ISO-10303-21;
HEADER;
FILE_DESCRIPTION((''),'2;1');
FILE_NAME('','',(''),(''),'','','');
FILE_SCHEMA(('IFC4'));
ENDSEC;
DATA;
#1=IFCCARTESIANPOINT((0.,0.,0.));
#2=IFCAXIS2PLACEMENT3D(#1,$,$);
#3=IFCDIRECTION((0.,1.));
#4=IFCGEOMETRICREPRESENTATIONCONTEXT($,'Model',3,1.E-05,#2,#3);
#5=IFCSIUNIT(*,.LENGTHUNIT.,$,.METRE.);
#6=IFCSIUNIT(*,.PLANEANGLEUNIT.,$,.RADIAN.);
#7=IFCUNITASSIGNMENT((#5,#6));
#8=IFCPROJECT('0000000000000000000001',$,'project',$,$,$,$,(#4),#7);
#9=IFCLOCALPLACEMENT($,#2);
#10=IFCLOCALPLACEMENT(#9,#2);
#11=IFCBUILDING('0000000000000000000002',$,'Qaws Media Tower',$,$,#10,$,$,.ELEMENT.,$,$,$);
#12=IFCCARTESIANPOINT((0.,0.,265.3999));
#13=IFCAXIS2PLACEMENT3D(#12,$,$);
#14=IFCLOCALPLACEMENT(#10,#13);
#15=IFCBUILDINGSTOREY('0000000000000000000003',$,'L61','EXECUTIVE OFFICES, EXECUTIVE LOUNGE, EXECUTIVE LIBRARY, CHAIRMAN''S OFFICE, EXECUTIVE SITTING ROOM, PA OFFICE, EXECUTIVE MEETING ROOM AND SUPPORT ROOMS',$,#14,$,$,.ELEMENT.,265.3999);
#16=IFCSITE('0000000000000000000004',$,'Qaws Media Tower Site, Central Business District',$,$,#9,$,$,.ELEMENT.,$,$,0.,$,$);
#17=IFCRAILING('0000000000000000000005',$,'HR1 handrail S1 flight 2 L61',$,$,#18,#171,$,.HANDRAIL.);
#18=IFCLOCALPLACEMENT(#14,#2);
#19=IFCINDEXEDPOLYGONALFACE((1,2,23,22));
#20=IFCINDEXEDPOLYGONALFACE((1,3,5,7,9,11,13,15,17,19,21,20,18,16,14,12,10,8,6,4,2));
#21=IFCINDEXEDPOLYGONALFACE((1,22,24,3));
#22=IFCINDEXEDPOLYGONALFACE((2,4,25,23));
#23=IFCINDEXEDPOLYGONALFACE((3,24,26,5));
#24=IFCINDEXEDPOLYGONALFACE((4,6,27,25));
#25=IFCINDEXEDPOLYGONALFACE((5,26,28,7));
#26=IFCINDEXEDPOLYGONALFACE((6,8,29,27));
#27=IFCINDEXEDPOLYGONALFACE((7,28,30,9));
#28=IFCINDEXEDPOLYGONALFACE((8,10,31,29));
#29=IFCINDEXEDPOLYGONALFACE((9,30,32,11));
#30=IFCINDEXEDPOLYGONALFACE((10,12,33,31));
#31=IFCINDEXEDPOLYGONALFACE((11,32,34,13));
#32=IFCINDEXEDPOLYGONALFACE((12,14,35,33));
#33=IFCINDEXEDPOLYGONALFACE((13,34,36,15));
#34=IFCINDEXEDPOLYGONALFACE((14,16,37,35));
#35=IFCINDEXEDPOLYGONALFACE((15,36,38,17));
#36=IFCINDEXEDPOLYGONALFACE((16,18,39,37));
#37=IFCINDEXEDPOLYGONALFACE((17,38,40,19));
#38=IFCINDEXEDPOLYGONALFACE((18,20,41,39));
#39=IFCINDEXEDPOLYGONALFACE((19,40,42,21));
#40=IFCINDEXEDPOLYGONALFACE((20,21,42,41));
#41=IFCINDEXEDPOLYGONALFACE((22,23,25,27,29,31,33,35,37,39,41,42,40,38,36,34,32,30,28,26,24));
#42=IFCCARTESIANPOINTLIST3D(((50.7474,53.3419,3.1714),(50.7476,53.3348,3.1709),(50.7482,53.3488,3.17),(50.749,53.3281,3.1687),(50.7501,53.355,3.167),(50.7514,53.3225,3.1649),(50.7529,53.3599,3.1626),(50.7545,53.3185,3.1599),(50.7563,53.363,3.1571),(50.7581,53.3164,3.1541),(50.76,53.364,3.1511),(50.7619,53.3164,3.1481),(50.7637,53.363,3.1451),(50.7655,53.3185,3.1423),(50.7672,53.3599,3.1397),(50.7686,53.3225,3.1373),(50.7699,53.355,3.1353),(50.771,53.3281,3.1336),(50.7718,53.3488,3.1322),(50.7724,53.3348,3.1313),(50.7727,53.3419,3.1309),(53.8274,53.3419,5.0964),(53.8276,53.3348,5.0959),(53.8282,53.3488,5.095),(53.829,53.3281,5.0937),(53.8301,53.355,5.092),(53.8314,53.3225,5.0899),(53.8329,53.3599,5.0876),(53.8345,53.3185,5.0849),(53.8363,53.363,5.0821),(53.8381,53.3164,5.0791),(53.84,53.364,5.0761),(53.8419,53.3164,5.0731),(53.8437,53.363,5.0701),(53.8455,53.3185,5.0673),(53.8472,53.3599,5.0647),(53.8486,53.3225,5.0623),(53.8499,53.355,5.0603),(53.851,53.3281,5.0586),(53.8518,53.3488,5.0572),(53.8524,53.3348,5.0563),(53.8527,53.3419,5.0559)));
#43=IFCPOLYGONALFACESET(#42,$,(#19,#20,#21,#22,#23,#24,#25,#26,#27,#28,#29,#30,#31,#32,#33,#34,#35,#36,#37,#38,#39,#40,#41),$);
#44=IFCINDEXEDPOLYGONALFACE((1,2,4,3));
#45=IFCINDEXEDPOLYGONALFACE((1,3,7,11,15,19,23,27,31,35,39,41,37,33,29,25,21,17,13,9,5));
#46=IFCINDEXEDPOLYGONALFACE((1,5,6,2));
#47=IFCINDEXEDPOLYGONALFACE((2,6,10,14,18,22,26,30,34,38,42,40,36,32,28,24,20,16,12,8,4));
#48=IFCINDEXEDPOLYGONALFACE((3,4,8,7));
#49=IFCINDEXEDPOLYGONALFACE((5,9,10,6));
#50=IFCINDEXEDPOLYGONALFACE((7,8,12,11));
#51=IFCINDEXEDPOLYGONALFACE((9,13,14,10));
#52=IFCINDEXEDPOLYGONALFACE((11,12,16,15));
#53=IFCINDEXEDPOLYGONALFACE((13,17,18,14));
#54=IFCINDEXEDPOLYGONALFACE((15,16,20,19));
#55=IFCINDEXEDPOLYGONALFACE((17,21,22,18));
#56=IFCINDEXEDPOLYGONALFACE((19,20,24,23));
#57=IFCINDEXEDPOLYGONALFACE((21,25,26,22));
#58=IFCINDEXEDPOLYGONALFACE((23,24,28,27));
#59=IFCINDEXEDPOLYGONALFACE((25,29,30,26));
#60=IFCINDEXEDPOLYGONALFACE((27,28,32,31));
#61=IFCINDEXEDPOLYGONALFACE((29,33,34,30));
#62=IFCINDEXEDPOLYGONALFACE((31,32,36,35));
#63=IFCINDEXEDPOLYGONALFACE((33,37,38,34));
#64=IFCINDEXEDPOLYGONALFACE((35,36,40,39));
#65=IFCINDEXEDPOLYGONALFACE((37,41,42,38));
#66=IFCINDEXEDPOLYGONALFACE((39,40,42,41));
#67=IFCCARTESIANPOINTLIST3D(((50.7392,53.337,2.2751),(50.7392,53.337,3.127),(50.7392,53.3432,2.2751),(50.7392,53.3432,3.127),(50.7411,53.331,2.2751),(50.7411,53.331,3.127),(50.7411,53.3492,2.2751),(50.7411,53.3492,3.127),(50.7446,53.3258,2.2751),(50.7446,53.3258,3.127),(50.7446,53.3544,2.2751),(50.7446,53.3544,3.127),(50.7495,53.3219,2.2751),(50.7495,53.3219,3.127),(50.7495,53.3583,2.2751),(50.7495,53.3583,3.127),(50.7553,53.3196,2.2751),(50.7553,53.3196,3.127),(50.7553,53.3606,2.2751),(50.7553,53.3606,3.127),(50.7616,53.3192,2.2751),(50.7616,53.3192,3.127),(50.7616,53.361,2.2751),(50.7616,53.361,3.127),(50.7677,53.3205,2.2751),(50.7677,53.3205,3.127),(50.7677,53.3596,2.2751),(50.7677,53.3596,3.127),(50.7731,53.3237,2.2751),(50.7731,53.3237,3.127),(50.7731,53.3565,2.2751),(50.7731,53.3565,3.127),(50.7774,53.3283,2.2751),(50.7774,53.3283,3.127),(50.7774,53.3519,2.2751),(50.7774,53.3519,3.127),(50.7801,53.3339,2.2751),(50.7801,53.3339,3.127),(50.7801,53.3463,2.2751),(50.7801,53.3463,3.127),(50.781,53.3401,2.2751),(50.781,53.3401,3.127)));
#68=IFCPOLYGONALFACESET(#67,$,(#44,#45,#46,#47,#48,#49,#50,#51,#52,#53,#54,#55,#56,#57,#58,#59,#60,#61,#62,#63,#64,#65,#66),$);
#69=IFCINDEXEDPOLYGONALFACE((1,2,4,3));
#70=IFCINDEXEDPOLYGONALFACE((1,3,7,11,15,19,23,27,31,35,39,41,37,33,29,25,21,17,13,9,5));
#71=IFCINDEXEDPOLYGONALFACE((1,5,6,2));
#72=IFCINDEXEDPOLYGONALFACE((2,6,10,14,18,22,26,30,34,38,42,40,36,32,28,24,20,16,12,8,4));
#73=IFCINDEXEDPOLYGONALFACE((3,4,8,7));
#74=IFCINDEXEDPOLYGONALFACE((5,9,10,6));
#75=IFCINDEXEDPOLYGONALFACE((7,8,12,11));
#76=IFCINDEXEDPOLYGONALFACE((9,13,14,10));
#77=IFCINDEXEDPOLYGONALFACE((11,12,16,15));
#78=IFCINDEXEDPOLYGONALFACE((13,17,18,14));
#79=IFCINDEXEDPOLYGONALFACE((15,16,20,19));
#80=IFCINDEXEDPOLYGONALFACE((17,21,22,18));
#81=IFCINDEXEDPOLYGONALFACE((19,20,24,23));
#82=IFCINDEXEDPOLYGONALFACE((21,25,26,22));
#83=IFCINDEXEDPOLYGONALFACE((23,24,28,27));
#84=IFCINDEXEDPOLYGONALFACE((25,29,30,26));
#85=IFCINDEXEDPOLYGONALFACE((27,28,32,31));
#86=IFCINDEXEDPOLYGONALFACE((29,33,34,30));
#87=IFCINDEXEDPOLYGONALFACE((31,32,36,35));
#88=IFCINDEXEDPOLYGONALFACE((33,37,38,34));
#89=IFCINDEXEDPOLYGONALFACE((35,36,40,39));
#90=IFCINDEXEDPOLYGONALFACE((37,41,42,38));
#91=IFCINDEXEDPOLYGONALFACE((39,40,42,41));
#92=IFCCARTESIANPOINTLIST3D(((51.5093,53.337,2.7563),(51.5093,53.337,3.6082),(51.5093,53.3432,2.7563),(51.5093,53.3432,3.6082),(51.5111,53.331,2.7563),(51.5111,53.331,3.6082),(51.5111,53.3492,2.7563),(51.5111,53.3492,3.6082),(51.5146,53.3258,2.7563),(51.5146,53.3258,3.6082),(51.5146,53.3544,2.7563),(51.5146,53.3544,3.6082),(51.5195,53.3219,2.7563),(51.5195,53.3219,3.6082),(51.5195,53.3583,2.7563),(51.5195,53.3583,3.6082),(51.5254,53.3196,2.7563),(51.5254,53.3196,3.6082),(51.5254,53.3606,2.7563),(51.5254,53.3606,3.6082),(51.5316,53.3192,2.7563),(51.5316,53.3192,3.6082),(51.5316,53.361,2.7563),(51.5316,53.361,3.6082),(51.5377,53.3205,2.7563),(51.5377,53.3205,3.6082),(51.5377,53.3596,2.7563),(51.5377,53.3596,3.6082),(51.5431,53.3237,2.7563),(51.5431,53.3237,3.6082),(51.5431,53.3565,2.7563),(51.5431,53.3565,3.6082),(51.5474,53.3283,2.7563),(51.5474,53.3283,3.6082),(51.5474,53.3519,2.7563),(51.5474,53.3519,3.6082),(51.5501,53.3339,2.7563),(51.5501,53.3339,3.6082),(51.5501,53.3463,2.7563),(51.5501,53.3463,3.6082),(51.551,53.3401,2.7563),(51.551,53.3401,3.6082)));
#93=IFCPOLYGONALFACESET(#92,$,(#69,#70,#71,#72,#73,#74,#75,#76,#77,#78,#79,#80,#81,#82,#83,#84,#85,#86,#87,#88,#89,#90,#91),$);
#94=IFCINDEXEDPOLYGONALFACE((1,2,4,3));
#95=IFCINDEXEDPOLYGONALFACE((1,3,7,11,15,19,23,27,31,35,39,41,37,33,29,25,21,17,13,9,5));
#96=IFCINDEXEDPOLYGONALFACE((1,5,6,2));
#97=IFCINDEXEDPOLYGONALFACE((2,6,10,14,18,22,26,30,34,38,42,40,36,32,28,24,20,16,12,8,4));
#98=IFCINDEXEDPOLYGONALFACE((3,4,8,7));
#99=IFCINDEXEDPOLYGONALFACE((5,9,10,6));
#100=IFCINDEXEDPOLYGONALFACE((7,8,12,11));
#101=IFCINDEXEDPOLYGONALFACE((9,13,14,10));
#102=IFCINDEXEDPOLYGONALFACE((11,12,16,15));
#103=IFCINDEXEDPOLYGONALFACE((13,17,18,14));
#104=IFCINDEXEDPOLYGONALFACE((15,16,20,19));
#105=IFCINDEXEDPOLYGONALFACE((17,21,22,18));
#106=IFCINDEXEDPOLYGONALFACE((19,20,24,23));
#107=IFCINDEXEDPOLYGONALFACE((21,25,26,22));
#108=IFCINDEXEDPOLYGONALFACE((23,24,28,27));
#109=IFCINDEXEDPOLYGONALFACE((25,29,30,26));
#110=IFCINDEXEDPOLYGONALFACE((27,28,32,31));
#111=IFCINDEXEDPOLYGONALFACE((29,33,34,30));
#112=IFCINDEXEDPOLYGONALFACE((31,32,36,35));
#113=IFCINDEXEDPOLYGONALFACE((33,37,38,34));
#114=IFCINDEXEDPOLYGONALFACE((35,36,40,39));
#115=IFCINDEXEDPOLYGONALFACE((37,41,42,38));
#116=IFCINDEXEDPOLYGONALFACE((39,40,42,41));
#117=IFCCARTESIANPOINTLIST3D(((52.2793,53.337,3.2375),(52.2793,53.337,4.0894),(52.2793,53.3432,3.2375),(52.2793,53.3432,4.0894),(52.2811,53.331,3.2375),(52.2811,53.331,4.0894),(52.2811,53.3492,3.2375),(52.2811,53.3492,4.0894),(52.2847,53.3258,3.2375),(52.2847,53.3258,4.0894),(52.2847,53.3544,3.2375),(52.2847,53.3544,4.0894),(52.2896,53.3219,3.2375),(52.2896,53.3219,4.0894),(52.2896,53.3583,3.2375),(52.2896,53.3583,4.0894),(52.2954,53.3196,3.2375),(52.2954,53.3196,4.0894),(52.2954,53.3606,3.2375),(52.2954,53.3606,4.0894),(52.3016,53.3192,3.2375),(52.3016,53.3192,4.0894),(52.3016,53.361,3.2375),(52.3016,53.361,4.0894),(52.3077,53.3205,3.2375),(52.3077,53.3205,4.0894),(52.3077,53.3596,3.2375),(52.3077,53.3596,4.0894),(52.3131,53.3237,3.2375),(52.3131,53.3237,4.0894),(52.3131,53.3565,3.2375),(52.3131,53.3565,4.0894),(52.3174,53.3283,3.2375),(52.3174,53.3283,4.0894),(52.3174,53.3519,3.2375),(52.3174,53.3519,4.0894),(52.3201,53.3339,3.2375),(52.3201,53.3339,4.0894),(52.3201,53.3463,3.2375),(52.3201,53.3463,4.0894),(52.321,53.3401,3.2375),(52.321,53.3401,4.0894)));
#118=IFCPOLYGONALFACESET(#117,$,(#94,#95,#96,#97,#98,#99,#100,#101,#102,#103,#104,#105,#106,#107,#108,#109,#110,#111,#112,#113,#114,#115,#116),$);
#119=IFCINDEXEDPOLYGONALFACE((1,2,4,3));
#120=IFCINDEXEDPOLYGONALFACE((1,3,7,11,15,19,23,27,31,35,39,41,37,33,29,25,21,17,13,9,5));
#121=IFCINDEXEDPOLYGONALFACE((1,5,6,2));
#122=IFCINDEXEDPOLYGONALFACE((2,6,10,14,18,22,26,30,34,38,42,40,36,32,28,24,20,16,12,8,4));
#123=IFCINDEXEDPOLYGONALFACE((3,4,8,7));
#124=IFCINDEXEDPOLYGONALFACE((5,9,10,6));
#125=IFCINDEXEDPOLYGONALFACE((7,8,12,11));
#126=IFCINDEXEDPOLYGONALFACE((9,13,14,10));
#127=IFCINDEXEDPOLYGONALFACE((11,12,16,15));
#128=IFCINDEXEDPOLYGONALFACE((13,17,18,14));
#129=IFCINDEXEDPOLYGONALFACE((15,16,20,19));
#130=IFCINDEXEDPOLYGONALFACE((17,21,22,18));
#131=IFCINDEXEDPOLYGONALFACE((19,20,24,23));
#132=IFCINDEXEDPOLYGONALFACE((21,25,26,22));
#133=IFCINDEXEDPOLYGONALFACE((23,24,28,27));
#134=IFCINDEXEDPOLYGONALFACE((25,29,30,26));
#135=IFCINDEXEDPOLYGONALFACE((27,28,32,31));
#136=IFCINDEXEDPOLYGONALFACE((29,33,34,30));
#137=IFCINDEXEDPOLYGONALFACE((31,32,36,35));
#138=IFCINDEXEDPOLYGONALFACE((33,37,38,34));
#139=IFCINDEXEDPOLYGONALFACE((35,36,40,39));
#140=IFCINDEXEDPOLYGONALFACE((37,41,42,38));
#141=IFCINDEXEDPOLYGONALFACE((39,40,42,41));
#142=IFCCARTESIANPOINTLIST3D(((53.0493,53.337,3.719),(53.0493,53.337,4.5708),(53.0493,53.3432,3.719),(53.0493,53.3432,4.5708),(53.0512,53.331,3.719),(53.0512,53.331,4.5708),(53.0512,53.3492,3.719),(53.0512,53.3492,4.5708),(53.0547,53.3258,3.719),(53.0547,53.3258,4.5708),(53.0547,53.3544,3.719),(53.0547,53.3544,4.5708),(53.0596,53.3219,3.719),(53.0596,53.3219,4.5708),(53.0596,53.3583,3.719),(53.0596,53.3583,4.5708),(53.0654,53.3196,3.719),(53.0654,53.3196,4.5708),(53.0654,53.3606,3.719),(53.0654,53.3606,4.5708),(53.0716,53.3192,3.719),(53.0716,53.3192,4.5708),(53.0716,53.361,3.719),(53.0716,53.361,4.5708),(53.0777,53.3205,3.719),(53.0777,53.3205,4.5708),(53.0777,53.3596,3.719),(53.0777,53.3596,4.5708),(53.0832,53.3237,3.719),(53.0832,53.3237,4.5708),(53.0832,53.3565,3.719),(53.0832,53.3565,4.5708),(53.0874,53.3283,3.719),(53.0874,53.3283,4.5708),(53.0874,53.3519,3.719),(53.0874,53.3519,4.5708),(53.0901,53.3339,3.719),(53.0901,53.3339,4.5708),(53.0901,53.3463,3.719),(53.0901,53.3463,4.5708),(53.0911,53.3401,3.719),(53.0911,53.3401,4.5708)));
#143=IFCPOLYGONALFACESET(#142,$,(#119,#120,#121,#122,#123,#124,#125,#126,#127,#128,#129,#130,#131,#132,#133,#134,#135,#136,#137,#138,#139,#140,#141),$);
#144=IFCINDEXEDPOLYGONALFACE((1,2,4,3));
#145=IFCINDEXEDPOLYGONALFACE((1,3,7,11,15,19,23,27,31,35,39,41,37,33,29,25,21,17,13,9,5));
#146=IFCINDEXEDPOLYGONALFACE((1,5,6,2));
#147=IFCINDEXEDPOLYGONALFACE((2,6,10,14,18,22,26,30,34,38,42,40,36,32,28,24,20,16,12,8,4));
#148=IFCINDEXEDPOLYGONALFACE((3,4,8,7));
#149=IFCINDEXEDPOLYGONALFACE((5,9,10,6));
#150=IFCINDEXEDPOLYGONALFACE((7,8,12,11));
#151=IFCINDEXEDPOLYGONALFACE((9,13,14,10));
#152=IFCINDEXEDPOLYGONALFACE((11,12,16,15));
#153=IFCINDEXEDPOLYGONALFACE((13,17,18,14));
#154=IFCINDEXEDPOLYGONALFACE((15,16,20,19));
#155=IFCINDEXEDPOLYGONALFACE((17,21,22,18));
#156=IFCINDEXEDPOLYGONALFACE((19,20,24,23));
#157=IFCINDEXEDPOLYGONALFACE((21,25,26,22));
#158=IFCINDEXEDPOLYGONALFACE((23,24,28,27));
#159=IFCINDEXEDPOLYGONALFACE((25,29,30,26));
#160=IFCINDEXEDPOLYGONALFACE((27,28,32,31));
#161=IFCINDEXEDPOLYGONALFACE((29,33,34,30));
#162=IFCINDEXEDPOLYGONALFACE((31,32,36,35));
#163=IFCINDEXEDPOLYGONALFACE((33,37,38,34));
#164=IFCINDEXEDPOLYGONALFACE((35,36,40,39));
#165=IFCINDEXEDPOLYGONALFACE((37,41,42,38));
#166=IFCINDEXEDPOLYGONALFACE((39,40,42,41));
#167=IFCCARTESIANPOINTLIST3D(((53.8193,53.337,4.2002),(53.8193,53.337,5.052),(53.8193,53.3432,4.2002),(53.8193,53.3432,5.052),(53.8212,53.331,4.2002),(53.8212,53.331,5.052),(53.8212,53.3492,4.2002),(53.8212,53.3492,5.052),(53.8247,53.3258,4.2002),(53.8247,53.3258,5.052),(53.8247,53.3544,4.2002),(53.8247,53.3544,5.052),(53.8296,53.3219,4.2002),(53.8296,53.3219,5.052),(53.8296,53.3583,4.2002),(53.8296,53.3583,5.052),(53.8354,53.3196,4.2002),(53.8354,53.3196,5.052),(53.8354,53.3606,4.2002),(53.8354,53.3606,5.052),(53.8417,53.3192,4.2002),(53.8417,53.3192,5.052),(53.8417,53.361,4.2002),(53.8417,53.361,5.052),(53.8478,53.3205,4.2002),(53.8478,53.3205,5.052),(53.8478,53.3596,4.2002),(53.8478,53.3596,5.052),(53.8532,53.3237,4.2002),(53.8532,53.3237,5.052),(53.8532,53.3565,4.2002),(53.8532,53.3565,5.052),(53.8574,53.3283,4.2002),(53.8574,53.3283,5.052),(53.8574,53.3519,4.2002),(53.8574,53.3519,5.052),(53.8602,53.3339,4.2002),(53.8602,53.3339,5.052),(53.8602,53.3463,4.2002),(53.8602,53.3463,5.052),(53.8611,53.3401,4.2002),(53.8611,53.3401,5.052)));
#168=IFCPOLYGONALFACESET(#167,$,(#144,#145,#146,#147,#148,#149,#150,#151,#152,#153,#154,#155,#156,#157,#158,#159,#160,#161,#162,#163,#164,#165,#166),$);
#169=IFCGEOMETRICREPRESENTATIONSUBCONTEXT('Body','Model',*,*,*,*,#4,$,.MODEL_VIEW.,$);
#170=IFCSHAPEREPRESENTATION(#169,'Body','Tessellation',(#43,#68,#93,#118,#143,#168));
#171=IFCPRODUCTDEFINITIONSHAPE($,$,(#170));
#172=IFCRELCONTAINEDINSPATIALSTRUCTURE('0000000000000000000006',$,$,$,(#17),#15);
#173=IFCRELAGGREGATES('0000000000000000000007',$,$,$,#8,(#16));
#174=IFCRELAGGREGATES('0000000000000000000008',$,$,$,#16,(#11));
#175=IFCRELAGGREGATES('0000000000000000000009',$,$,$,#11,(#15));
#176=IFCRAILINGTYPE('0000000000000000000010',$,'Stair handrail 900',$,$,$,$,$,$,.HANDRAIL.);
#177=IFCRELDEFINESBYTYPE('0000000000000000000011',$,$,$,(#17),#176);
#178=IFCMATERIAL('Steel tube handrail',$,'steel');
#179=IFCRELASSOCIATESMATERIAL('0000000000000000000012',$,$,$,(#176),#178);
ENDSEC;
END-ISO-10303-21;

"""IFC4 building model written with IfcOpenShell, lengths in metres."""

from ifc_helpers import new_model, si_unit, direction, frame, origin, origin_2d, place, context, subcontext, project, spatial, circle, extrude, material, type_object, element, save


model = new_model("IFC4")

# Units and contexts
model_context = context("Model", 3, precision=1e-05, world=origin(), true_north=direction((0.0, 1.0)))
body_context = subcontext(model_context, "Body", "Model", "MODEL_VIEW")
ifc_project = project(units=[si_unit("LENGTHUNIT", "METRE"), si_unit("PLANEANGLEUNIT", "RADIAN")], contexts=[model_context])

# Site, building, storey
site_placement = place(None, origin())
site = spatial("IfcSite", under=ifc_project, at=site_placement, Name="Qaws Media Tower Site, Central Business District", CompositionType="ELEMENT", RefElevation=0.0)
building_placement = place(site_placement, origin())
building = spatial("IfcBuilding", under=site, at=building_placement, Name="Qaws Media Tower", CompositionType="ELEMENT")
storey_placement = place(building_placement, frame((0.0, 0.0, 265.3999)))
storey = spatial("IfcBuildingStorey", under=building, at=storey_placement, Name="L61", Description="EXECUTIVE OFFICES, EXECUTIVE LOUNGE, EXECUTIVE LIBRARY, CHAIRMAN'S OFFICE, EXECUTIVE SITTING ROOM, PA OFFICE, EXECUTIVE MEETING ROOM AND SUPPORT ROOMS", CompositionType="ELEMENT", Elevation=265.3999)

# Railing
ifc_material_1 = material(Name="Steel tube handrail", Category="steel")
railing_type = type_object("IfcRailingType", Name="Stair handrail 900", PredefinedType="HANDRAIL", material=ifc_material_1)
for number, where, name in (
    (1, (50.76, 53.3401, 2.2751), "HR1 handrail S1 flight 2 L61"),
):
    element("IfcRailing", number, at=place(storey_placement, frame(where)), inside=storey, type_object=railing_type, Name=name, PredefinedType="HANDRAIL", context=body_context, shape_type="SweptSolid", body=[
        extrude(circle(Radius=0.0239, at=origin_2d()), frame((0.0, 0.0, 0.876), z_axis=(0.847998, 0.0, 0.529999), x_axis=(0.0, 1.0, 0.0)), (0.0, 0.0, 1.0), 3.6321),
        extrude(circle(Radius=0.021, at=origin_2d()), origin(), (0.0, 0.0, 1.0), 0.8518),
        extrude(circle(Radius=0.021, at=origin_2d()), frame((0.77, 0.0, 0.4812)), (0.0, 0.0, 1.0), 0.8518),
        extrude(circle(Radius=0.021, at=origin_2d()), frame((1.54, 0.0, 0.9624)), (0.0, 0.0, 1.0), 0.8518),
        extrude(circle(Radius=0.021, at=origin_2d()), frame((2.3101, 0.0, 1.4438)), (0.0, 0.0, 1.0), 0.8518),
        extrude(circle(Radius=0.021, at=origin_2d()), frame((3.0801, 0.0, 1.925)), (0.0, 0.0, 1.0), 0.8518),
    ])

save(model, "model.ifc")
